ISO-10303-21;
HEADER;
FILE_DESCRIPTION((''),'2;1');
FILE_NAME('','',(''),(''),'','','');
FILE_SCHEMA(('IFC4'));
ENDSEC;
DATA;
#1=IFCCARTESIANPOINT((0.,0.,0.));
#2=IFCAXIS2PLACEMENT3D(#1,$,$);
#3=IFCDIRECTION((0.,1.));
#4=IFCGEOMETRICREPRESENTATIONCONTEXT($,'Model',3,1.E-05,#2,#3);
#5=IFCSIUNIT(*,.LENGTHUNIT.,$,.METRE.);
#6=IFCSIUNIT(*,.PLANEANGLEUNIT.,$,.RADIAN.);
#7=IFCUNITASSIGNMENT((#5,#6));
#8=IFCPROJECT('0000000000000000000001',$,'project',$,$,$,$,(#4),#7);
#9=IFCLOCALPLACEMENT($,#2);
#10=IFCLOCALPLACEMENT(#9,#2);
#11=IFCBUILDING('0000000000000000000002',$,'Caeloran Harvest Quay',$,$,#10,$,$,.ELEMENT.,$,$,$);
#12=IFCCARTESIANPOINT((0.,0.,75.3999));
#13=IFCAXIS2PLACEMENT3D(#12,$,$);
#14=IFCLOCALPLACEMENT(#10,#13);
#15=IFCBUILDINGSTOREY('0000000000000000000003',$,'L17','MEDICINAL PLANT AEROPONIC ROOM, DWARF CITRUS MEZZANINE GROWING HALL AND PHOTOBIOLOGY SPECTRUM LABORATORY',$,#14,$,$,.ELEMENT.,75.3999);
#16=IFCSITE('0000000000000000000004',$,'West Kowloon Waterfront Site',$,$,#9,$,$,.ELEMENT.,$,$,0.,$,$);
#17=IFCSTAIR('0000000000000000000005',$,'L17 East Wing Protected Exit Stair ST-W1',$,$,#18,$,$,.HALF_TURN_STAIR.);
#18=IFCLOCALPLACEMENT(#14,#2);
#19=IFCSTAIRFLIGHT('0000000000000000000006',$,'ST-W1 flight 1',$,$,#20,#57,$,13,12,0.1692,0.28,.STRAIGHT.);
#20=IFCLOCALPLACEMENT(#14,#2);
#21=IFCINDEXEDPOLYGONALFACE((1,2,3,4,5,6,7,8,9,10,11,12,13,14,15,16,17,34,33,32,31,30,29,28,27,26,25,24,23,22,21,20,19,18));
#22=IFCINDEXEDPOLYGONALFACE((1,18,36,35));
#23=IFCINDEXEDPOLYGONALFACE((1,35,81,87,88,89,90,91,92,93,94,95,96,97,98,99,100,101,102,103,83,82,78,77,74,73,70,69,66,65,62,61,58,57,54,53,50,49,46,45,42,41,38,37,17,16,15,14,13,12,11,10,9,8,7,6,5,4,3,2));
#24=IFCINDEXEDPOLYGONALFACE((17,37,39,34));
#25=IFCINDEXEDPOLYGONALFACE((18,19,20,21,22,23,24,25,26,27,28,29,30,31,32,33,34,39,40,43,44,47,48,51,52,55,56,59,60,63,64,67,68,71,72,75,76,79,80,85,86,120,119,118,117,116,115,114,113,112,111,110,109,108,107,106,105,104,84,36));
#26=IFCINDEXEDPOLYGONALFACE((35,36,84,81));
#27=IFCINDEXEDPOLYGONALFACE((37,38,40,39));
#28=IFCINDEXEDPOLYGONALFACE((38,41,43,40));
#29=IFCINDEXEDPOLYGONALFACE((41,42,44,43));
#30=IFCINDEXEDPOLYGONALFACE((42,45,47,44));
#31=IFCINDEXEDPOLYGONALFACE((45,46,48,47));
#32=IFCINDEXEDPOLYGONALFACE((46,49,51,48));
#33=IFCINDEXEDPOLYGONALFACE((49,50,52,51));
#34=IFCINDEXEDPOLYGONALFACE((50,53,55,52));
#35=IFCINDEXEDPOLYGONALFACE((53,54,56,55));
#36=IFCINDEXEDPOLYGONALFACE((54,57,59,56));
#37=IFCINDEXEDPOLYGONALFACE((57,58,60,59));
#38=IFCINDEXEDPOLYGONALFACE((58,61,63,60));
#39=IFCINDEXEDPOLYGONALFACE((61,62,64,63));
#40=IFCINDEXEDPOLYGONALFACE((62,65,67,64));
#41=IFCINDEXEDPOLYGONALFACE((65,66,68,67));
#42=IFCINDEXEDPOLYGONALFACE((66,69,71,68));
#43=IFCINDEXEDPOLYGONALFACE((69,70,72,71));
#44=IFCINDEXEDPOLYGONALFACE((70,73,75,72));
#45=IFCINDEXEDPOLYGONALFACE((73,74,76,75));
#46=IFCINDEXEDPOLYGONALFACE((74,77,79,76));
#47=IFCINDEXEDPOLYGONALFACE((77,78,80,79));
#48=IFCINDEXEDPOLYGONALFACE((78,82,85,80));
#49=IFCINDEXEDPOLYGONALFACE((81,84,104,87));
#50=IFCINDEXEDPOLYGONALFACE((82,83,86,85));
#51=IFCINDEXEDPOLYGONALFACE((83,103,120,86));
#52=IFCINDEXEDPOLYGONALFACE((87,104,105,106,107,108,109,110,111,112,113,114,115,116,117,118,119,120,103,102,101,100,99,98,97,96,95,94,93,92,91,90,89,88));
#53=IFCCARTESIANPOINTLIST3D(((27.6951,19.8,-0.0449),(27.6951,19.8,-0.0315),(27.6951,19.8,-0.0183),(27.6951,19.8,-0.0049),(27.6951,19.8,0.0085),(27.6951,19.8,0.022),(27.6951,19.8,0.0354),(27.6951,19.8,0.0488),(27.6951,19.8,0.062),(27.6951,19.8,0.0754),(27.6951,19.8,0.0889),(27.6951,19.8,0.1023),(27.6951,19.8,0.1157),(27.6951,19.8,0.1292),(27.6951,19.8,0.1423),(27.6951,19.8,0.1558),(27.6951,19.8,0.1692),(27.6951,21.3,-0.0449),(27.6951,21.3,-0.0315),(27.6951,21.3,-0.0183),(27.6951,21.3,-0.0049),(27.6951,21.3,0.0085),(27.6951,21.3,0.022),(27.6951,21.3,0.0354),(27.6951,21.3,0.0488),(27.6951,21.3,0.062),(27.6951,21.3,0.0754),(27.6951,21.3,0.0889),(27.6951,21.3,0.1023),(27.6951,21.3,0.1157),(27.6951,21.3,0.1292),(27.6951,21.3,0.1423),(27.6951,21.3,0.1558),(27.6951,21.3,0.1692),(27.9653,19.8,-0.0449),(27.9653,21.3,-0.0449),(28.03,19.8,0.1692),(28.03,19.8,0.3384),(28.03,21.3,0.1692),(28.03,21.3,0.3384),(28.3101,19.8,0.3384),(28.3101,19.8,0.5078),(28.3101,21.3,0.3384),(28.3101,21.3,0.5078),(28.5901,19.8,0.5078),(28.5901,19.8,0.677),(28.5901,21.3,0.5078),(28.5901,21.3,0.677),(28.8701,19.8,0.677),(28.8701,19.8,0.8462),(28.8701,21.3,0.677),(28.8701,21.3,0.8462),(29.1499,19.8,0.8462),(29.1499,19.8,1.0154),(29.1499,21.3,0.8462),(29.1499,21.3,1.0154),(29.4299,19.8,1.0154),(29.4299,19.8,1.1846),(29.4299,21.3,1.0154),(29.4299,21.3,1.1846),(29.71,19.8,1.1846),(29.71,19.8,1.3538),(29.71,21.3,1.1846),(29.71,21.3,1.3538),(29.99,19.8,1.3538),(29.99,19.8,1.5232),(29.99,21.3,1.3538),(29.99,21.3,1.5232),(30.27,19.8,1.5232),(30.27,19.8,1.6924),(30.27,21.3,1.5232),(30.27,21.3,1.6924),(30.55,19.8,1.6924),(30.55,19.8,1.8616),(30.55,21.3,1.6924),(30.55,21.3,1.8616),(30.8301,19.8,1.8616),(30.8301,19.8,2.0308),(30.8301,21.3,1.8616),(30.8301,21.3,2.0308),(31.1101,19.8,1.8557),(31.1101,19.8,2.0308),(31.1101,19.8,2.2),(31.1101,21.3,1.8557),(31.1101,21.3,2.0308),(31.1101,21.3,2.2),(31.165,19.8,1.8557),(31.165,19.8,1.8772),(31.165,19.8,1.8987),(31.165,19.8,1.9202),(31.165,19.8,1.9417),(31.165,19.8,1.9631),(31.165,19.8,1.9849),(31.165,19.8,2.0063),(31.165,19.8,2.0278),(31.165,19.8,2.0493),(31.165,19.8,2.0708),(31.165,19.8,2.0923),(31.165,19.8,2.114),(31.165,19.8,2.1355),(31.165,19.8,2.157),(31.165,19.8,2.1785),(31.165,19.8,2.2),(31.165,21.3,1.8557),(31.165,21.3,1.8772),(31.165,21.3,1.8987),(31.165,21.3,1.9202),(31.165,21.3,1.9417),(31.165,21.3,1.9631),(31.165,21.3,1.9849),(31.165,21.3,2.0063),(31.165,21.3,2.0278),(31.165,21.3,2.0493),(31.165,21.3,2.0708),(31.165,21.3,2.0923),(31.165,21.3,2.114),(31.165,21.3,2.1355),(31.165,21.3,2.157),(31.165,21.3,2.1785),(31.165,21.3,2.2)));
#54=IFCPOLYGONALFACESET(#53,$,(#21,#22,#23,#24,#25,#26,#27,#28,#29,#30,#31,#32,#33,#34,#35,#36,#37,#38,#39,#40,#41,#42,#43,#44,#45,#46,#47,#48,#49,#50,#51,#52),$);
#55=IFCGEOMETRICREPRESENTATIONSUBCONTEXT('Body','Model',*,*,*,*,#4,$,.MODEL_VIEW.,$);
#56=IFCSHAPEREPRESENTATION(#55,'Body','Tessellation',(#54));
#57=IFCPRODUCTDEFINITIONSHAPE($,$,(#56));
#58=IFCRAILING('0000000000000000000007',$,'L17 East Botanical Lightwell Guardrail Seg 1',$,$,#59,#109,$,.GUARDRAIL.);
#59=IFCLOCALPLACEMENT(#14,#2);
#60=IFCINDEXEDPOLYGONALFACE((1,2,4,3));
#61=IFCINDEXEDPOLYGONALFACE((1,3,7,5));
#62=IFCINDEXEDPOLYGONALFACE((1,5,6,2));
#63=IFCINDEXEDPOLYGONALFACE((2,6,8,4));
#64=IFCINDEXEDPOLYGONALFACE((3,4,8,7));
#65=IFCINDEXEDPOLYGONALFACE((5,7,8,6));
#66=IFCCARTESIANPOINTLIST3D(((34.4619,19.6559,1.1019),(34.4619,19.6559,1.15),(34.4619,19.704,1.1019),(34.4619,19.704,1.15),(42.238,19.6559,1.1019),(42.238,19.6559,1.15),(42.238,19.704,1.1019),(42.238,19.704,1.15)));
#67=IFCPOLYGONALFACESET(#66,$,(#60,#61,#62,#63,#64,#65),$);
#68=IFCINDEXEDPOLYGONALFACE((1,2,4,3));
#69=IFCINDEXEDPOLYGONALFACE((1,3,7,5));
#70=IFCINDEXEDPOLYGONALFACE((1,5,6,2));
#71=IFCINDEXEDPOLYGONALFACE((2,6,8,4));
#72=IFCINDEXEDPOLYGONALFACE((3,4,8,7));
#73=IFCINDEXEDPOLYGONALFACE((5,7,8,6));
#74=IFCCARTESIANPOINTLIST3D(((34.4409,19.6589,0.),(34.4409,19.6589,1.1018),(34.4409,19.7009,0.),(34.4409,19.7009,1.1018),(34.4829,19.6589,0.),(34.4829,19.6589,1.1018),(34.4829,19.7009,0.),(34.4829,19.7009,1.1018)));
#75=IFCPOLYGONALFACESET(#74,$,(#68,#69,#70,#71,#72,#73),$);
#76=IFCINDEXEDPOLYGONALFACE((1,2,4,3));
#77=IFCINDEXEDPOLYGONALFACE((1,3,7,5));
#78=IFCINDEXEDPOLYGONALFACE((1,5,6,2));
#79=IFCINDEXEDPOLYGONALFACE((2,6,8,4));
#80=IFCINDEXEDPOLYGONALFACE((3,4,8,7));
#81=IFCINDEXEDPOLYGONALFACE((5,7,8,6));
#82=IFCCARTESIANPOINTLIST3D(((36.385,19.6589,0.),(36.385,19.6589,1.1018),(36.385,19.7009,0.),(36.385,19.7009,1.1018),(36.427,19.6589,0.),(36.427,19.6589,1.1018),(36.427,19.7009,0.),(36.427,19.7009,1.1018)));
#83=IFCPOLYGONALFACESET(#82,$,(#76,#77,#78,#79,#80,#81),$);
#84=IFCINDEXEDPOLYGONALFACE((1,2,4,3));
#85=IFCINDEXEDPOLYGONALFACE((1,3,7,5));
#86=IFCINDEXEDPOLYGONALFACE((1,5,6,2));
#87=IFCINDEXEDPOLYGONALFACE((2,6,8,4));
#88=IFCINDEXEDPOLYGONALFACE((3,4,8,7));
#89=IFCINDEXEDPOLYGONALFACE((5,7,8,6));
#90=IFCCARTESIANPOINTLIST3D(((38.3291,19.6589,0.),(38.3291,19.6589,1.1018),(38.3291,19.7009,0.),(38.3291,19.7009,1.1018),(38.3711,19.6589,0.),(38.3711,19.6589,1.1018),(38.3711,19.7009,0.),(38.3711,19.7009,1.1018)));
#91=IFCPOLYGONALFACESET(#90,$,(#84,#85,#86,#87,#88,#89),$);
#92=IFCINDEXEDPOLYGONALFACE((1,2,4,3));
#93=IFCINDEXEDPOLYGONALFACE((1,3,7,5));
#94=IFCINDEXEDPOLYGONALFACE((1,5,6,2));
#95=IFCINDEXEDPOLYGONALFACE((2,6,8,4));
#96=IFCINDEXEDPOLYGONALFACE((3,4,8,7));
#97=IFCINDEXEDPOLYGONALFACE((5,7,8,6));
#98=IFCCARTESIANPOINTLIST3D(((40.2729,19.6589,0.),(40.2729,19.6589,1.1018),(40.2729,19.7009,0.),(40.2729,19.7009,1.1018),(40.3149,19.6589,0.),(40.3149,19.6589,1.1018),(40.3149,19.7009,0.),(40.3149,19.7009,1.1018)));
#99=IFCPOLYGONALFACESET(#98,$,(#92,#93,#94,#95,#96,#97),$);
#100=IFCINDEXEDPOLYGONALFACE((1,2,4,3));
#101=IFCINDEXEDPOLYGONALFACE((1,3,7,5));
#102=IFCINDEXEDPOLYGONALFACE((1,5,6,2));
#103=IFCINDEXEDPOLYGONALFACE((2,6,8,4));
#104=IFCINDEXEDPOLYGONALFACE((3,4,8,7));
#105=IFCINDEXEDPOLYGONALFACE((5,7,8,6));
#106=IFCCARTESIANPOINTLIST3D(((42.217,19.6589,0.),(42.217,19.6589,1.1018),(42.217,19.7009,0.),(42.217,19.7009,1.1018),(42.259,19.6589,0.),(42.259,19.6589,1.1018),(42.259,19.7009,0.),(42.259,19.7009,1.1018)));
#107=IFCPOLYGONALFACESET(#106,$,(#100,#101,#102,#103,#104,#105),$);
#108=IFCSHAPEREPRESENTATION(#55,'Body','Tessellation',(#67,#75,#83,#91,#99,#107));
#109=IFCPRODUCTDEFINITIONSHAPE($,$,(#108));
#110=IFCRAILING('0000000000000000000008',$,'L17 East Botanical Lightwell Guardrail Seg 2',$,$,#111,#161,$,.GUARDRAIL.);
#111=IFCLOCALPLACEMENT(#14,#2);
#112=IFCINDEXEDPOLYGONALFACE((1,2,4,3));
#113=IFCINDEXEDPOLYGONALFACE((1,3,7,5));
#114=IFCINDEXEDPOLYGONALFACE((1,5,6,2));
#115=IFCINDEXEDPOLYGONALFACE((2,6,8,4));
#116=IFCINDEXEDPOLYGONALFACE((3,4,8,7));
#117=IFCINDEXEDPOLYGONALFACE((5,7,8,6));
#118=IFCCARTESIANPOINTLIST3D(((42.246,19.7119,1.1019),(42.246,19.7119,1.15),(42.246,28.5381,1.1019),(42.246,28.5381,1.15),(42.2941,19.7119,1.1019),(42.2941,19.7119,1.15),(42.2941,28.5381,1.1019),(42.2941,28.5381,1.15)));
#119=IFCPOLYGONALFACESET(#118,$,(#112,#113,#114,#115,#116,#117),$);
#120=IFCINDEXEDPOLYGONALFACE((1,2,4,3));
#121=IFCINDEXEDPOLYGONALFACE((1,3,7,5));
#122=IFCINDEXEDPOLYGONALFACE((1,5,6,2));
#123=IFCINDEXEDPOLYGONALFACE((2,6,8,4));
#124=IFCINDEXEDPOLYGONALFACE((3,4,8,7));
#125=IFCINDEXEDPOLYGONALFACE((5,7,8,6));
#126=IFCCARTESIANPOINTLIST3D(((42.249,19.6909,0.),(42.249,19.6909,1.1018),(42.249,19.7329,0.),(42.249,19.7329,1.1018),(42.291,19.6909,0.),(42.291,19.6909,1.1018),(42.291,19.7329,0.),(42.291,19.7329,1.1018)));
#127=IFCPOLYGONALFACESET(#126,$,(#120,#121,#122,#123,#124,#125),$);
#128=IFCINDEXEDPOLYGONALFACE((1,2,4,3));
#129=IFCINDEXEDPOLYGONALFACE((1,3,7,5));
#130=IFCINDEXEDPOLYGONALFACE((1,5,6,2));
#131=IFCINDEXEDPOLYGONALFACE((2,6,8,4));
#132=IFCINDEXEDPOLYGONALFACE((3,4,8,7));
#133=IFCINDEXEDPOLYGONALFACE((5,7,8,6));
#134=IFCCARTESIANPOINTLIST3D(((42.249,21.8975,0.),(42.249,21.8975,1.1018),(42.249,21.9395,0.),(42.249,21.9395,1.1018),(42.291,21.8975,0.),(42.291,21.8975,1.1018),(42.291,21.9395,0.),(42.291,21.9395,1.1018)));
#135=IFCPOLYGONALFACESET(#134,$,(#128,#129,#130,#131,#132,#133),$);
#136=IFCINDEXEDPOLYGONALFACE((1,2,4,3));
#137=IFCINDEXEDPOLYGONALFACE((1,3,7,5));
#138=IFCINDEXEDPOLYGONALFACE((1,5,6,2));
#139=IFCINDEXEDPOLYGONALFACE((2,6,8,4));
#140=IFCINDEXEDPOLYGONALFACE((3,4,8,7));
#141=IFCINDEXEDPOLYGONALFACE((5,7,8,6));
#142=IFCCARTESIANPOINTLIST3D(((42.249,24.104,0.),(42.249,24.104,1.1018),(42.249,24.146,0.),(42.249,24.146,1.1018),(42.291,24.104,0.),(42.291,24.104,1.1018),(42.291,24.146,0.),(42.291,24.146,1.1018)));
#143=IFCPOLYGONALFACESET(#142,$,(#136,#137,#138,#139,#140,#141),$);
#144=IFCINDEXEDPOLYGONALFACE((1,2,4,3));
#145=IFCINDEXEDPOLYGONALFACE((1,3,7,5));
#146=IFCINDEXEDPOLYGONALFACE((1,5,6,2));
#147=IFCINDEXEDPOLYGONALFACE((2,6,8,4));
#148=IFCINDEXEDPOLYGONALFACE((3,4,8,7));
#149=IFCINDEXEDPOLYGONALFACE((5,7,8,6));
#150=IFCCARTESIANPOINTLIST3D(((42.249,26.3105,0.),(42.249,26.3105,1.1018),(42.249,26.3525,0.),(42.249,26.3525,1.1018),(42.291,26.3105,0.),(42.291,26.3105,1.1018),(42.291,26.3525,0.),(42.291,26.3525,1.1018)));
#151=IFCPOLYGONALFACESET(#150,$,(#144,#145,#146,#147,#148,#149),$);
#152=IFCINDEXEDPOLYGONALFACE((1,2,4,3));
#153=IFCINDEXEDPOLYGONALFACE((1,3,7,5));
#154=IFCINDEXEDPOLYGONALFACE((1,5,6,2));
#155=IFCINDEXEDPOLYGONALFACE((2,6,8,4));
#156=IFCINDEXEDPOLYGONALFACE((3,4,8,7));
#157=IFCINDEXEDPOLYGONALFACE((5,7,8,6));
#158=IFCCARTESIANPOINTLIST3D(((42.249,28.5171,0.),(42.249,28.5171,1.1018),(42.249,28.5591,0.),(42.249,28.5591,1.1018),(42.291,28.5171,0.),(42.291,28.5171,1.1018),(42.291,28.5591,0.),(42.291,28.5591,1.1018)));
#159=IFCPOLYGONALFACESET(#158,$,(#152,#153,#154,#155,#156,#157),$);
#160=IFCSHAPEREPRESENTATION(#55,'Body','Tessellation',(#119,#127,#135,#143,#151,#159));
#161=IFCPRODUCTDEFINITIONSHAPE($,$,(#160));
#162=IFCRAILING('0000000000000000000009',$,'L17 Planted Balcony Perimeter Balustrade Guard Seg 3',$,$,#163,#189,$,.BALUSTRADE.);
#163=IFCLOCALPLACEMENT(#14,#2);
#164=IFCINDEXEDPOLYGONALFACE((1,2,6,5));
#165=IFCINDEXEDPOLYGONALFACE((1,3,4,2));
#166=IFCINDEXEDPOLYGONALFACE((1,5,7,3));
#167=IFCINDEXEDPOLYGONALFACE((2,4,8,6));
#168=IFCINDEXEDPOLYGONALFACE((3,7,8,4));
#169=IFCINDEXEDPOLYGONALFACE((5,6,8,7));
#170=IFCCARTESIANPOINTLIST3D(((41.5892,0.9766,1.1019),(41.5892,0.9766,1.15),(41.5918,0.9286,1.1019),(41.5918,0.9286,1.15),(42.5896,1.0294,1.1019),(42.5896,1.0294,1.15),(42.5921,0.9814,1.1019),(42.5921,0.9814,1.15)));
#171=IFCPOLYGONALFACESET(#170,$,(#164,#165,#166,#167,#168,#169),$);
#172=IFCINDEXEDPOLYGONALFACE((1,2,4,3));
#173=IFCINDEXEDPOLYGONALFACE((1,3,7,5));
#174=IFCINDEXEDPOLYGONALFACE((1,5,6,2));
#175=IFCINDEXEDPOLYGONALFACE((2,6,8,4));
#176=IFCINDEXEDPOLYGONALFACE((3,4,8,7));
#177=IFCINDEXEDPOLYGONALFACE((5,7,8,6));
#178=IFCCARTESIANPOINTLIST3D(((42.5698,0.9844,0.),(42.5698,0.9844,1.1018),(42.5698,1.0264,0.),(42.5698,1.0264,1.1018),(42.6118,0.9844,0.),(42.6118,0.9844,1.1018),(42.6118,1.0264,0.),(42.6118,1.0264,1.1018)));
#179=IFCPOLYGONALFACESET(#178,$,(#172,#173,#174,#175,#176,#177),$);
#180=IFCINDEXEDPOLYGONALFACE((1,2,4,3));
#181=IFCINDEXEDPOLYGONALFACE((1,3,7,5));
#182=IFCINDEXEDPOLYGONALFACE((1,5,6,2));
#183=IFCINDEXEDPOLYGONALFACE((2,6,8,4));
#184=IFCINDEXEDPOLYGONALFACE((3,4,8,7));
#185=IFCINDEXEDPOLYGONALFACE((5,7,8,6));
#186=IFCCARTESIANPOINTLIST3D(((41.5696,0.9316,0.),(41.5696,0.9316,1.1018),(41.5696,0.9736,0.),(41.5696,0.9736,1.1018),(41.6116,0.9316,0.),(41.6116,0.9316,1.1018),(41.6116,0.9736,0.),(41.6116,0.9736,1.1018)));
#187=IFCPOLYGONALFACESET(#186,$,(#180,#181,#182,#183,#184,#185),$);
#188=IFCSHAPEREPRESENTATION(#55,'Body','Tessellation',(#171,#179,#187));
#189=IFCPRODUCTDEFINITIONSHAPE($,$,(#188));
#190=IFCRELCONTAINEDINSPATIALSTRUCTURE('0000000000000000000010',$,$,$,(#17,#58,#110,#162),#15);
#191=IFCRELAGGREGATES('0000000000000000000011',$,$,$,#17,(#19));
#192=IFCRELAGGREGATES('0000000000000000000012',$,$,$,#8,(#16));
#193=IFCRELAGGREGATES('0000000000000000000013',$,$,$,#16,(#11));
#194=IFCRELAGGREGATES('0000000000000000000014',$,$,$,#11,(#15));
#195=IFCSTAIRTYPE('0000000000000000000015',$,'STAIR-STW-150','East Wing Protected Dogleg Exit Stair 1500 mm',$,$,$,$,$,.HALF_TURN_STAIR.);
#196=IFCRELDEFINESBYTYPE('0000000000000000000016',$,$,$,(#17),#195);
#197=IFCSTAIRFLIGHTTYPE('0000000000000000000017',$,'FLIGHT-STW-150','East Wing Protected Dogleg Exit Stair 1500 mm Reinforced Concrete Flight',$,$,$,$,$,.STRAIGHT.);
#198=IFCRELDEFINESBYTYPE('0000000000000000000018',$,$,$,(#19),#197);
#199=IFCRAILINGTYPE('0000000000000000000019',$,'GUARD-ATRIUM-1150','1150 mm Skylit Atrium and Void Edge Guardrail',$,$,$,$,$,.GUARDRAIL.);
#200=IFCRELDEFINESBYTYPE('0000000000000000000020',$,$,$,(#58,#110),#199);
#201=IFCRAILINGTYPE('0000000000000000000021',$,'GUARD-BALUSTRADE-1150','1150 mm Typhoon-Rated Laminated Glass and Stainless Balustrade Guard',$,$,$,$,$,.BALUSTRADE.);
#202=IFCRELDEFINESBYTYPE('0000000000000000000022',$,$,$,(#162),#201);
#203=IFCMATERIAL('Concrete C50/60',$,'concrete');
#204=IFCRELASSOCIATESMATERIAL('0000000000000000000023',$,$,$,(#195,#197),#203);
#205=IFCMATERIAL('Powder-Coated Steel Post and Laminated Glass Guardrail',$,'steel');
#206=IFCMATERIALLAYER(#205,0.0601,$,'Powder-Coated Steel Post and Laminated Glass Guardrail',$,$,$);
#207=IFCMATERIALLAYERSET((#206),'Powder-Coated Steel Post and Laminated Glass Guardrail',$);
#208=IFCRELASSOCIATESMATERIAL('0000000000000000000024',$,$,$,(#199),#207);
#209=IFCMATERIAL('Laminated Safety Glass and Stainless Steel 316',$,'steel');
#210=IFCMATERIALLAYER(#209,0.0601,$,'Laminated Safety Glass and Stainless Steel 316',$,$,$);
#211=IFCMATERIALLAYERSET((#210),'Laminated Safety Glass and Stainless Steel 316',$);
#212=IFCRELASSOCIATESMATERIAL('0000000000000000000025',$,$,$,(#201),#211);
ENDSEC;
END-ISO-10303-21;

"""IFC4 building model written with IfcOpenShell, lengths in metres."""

from ifc_helpers import new_model, si_unit, direction, frame, origin, origin_2d, place, context, subcontext, project, spatial, polyline, rectangle, outline, extrude, material, layer, layer_set, type_object, element, aggregate, save


model = new_model("IFC4")

# Units and contexts
model_context = context("Model", 3, precision=1e-05, world=origin(), true_north=direction((0.0, 1.0)))
body_context = subcontext(model_context, "Body", "Model", "MODEL_VIEW")
ifc_project = project(units=[si_unit("LENGTHUNIT", "METRE"), si_unit("PLANEANGLEUNIT", "RADIAN")], contexts=[model_context])

# Site, building, storey
site_placement = place(None, origin())
site = spatial("IfcSite", under=ifc_project, at=site_placement, Name="West Kowloon Waterfront Site", CompositionType="ELEMENT", RefElevation=0.0)
building_placement = place(site_placement, origin())
building = spatial("IfcBuilding", under=site, at=building_placement, Name="Caeloran Harvest Quay", CompositionType="ELEMENT")
storey_placement = place(building_placement, frame((0.0, 0.0, 75.3999)))
storey = spatial("IfcBuildingStorey", under=building, at=storey_placement, Name="L17", Description="MEDICINAL PLANT AEROPONIC ROOM, DWARF CITRUS MEZZANINE GROWING HALL AND PHOTOBIOLOGY SPECTRUM LABORATORY", CompositionType="ELEMENT", Elevation=75.3999)

# Stair, stair flight
ifc_material_1 = material(Name="Concrete C50/60", Category="concrete")
stair_type = type_object("IfcStairType", Name="STAIR-STW-150", Description="East Wing Protected Dogleg Exit Stair 1500 mm", PredefinedType="HALF_TURN_STAIR", material=ifc_material_1)
stair_placement = place(storey_placement, origin())
stair = element("IfcStair", 1, at=stair_placement, inside=storey, type_object=stair_type, Name="L17 East Wing Protected Exit Stair ST-W1", PredefinedType="HALF_TURN_STAIR")
stair_flight_type = type_object("IfcStairFlightType", Name="FLIGHT-STW-150", Description="East Wing Protected Dogleg Exit Stair 1500 mm Reinforced Concrete Flight", PredefinedType="STRAIGHT", material=ifc_material_1)
stair_flight_placement = place(storey_placement, frame((27.75, 20.55, 0.0), z_axis=(0.0, 0.0, 1.0), x_axis=(1.0, 0.0, 0.0)))
stair_flight = element("IfcStairFlight", 2, at=stair_flight_placement, type_object=stair_flight_type, Name="ST-W1 flight 1", NumberOfRisers=13, NumberOfTreads=12, PredefinedType="STRAIGHT", RiserHeight=0.1692, TreadLength=0.28, context=body_context, shape_type="SweptSolid", body=[
    extrude(outline(polyline([(-0.0549, -0.0449), (-0.0549, -0.0315), (-0.0549, -0.0183), (-0.0549, -0.0049), (-0.0549, 0.0085), (-0.0549, 0.022), (-0.0549, 0.0354), (-0.0549, 0.0488), (-0.0549, 0.062), (-0.0549, 0.0754), (-0.0549, 0.0889), (-0.0549, 0.1023), (-0.0549, 0.1157), (-0.0549, 0.1292), (-0.0549, 0.1423), (-0.0549, 0.1558), (-0.0549, 0.1692), (0.28, 0.1692), (0.28, 0.3384), (0.5601, 0.3384), (0.5601, 0.5078), (0.8401, 0.5078), (0.8401, 0.677), (1.1201, 0.677), (1.1201, 0.8462), (1.3999, 0.8462), (1.3999, 1.0154), (1.6799, 1.0154), (1.6799, 1.1846), (1.96, 1.1846), (1.96, 1.3538), (2.24, 1.3538), (2.24, 1.5232), (2.52, 1.5232), (2.52, 1.6924), (2.8, 1.6924), (2.8, 1.8616), (3.0801, 1.8616), (3.0801, 2.0308), (3.3601, 2.0308), (3.3601, 2.2), (3.415, 2.2), (3.415, 2.1785), (3.415, 2.157), (3.415, 2.1355), (3.415, 2.114), (3.415, 2.0923), (3.415, 2.0708), (3.415, 2.0493), (3.415, 2.0278), (3.415, 2.0063), (3.415, 1.9849), (3.415, 1.9631), (3.415, 1.9417), (3.415, 1.9202), (3.415, 1.8987), (3.415, 1.8772), (3.415, 1.8557), (3.3601, 1.8557), (0.2153, -0.0449), (-0.0549, -0.0449)])), frame((0.0, 0.75, 0.0), z_axis=(0.0, -1.0, 0.0), x_axis=(1.0, 0.0, 0.0)), (0.0, 0.0, 1.0), 1.5),
])
aggregate(stair, [stair_flight])

# Railings
ifc_material_2 = material(Name="Powder-Coated Steel Post and Laminated Glass Guardrail", Category="steel")
ifc_layer_1 = layer(ifc_material_2, 0.0601, Name="Powder-Coated Steel Post and Laminated Glass Guardrail")
ifc_layer_set_1 = layer_set([ifc_layer_1], Name="Powder-Coated Steel Post and Laminated Glass Guardrail")
railing_type_1 = type_object("IfcRailingType", Name="GUARD-ATRIUM-1150", Description="1150 mm Skylit Atrium and Void Edge Guardrail", PredefinedType="GUARDRAIL", material=ifc_layer_set_1)
railing_1_placement = place(storey_placement, frame((34.4619, 19.6799, 0.0)))
element("IfcRailing", 3, at=railing_1_placement, inside=storey, type_object=railing_type_1, Name="L17 East Botanical Lightwell Guardrail Seg 1", PredefinedType="GUARDRAIL", context=body_context, shape_type="SweptSolid", body=[
    extrude(rectangle(XDim=0.0481, YDim=0.0481, at=origin_2d()), frame((0.0, 0.0, 1.126), z_axis=(1.0, 0.0, 0.0), x_axis=(0.0, 1.0, 0.0)), (0.0, 0.0, 1.0), 7.7761),
    extrude(rectangle(XDim=0.042, YDim=0.042, at=origin_2d()), origin(), (0.0, 0.0, 1.0), 1.1018),
    extrude(rectangle(XDim=0.042, YDim=0.042, at=origin_2d()), frame((1.9441, 0.0, 0.0)), (0.0, 0.0, 1.0), 1.1018),
    extrude(rectangle(XDim=0.042, YDim=0.042, at=origin_2d()), frame((3.8882, 0.0, 0.0)), (0.0, 0.0, 1.0), 1.1018),
    extrude(rectangle(XDim=0.042, YDim=0.042, at=origin_2d()), frame((5.832, 0.0, 0.0)), (0.0, 0.0, 1.0), 1.1018),
    extrude(rectangle(XDim=0.042, YDim=0.042, at=origin_2d()), frame((7.7761, 0.0, 0.0)), (0.0, 0.0, 1.0), 1.1018),
])
railing_2_placement = place(storey_placement, frame((42.27, 19.7119, 0.0)))
element("IfcRailing", 4, at=railing_2_placement, inside=storey, type_object=railing_type_1, Name="L17 East Botanical Lightwell Guardrail Seg 2", PredefinedType="GUARDRAIL", context=body_context, shape_type="SweptSolid", body=[
    extrude(rectangle(XDim=0.0481, YDim=0.0481, at=origin_2d()), frame((0.0, 0.0, 1.126), z_axis=(0.0, 1.0, 0.0), x_axis=(-1.0, 0.0, 0.0)), (0.0, 0.0, 1.0), 8.8262),
    extrude(rectangle(XDim=0.042, YDim=0.042, at=origin_2d()), origin(), (0.0, 0.0, 1.0), 1.1018),
    extrude(rectangle(XDim=0.042, YDim=0.042, at=origin_2d()), frame((0.0, 2.2065, 0.0)), (0.0, 0.0, 1.0), 1.1018),
    extrude(rectangle(XDim=0.042, YDim=0.042, at=origin_2d()), frame((0.0, 4.4131, 0.0)), (0.0, 0.0, 1.0), 1.1018),
    extrude(rectangle(XDim=0.042, YDim=0.042, at=origin_2d()), frame((0.0, 6.6196, 0.0)), (0.0, 0.0, 1.0), 1.1018),
    extrude(rectangle(XDim=0.042, YDim=0.042, at=origin_2d()), frame((0.0, 8.8262, 0.0)), (0.0, 0.0, 1.0), 1.1018),
])
ifc_material_3 = material(Name="Laminated Safety Glass and Stainless Steel 316", Category="steel")
ifc_layer_2 = layer(ifc_material_3, 0.0601, Name="Laminated Safety Glass and Stainless Steel 316")
ifc_layer_set_2 = layer_set([ifc_layer_2], Name="Laminated Safety Glass and Stainless Steel 316")
railing_type_2 = type_object("IfcRailingType", Name="GUARD-BALUSTRADE-1150", Description="1150 mm Typhoon-Rated Laminated Glass and Stainless Balustrade Guard", PredefinedType="BALUSTRADE", material=ifc_layer_set_2)
railing_3_placement = place(storey_placement, frame((42.5908, 1.0054, 0.0)))
element("IfcRailing", 5, at=railing_3_placement, inside=storey, type_object=railing_type_2, Name="L17 Planted Balcony Perimeter Balustrade Guard Seg 3", PredefinedType="BALUSTRADE", context=body_context, shape_type="SweptSolid", body=[
    extrude(rectangle(XDim=0.0481, YDim=0.0481, at=origin_2d()), frame((0.0, 0.0, 1.126), z_axis=(-0.998613, -0.052648, 0.0), x_axis=(0.052648, -0.998613, 0.0)), (0.0, 0.0, 1.0), 1.0017),
    extrude(rectangle(XDim=0.042, YDim=0.042, at=origin_2d()), origin(), (0.0, 0.0, 1.0), 1.1018),
    extrude(rectangle(XDim=0.042, YDim=0.042, at=origin_2d()), frame((-1.0002, -0.0527, 0.0)), (0.0, 0.0, 1.0), 1.1018),
])

save(model, "model.ifc")
